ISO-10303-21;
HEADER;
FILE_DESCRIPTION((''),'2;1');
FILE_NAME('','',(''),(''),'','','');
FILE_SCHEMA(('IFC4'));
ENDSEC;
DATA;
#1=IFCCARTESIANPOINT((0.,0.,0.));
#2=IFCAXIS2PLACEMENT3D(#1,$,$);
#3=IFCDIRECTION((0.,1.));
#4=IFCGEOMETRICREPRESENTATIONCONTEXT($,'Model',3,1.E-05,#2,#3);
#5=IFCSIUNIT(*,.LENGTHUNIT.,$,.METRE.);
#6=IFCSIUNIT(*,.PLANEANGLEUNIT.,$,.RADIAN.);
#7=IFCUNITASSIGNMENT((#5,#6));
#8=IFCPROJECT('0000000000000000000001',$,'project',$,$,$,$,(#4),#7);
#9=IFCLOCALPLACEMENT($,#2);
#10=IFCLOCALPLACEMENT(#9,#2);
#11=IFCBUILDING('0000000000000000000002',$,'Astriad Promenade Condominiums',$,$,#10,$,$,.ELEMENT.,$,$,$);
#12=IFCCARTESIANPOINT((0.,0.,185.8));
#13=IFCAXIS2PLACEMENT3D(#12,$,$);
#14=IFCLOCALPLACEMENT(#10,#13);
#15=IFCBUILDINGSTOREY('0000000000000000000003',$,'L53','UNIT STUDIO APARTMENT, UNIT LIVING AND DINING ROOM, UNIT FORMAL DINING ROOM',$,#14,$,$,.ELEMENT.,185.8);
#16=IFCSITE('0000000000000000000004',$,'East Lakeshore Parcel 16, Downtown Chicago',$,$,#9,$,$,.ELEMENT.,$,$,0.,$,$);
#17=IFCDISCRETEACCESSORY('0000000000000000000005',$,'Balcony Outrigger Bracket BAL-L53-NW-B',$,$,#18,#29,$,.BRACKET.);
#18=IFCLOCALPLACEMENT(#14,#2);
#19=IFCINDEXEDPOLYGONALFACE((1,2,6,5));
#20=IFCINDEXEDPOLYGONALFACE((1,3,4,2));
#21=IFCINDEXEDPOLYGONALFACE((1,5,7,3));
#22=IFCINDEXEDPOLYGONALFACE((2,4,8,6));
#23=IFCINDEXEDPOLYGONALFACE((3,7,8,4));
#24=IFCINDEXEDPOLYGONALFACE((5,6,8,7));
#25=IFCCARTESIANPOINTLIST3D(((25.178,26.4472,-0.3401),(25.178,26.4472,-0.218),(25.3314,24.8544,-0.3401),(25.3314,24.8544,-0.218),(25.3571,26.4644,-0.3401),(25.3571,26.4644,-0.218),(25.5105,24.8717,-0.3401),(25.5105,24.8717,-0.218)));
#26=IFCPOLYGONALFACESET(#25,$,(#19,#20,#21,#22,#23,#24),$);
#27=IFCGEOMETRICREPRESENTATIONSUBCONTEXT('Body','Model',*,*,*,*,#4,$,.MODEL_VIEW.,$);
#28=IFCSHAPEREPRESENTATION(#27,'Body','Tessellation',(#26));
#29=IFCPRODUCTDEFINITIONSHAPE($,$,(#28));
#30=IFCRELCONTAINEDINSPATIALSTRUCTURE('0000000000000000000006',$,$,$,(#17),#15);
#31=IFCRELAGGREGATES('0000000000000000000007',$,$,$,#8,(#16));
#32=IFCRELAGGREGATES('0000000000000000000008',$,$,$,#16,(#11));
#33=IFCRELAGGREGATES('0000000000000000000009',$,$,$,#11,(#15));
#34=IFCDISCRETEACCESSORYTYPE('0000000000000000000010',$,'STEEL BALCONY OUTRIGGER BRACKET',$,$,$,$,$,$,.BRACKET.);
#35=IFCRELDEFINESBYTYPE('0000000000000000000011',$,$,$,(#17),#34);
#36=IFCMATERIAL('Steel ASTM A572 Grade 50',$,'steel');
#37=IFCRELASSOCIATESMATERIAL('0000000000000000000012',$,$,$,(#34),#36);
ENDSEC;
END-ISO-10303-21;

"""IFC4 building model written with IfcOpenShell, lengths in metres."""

from ifc_helpers import new_model, si_unit, direction, frame, origin, origin_2d, place, context, subcontext, project, spatial, rectangle, extrude, source, transform, mapped, material, type_object, type_shapes, element, save


model = new_model("IFC4")

# Units and contexts
model_context = context("Model", 3, precision=1e-05, world=origin(), true_north=direction((0.0, 1.0)))
body_context = subcontext(model_context, "Body", "Model", "MODEL_VIEW")
ifc_project = project(units=[si_unit("LENGTHUNIT", "METRE"), si_unit("PLANEANGLEUNIT", "RADIAN")], contexts=[model_context])

# Site, building, storey
site_placement = place(None, origin())
site = spatial("IfcSite", under=ifc_project, at=site_placement, Name="East Lakeshore Parcel 16, Downtown Chicago", CompositionType="ELEMENT", RefElevation=0.0)
building_placement = place(site_placement, origin())
building = spatial("IfcBuilding", under=site, at=building_placement, Name="Astriad Promenade Condominiums", CompositionType="ELEMENT")
storey_placement = place(building_placement, frame((0.0, 0.0, 185.8)))
storey = spatial("IfcBuildingStorey", under=building, at=storey_placement, Name="L53", Description="UNIT STUDIO APARTMENT, UNIT LIVING AND DINING ROOM, UNIT FORMAL DINING ROOM", CompositionType="ELEMENT", Elevation=185.8)

# Discrete accessory
ifc_material_1 = material(Name="Steel ASTM A572 Grade 50", Category="steel")
discrete_accessory_type = type_object("IfcDiscreteAccessoryType", Name="STEEL BALCONY OUTRIGGER BRACKET", PredefinedType="BRACKET", material=ifc_material_1)
shared_shape_1 = source(origin(), body_context, "Body", "SweptSolid", [
    extrude(rectangle(XDim=1.6001, YDim=0.1799, at=origin_2d()), origin(), (0.0, 0.0, 1.0), 0.1221),
])
type_shapes(discrete_accessory_type, [shared_shape_1])
discrete_accessory_placement = place(storey_placement, frame((25.3442, 25.6594, -0.3401), z_axis=(0.0, 0.0, 1.0), x_axis=(-0.095846, 0.995396, 0.0)))
element("IfcDiscreteAccessory", 1, at=discrete_accessory_placement, inside=storey, type_object=discrete_accessory_type, Name="Balcony Outrigger Bracket BAL-L53-NW-B", PredefinedType="BRACKET", context=body_context, shape_type="MappedRepresentation", body=[
    mapped(shared_shape_1, transform((0.0, 0.0, 0.0), scale=1.0)),
])

save(model, "model.ifc")
